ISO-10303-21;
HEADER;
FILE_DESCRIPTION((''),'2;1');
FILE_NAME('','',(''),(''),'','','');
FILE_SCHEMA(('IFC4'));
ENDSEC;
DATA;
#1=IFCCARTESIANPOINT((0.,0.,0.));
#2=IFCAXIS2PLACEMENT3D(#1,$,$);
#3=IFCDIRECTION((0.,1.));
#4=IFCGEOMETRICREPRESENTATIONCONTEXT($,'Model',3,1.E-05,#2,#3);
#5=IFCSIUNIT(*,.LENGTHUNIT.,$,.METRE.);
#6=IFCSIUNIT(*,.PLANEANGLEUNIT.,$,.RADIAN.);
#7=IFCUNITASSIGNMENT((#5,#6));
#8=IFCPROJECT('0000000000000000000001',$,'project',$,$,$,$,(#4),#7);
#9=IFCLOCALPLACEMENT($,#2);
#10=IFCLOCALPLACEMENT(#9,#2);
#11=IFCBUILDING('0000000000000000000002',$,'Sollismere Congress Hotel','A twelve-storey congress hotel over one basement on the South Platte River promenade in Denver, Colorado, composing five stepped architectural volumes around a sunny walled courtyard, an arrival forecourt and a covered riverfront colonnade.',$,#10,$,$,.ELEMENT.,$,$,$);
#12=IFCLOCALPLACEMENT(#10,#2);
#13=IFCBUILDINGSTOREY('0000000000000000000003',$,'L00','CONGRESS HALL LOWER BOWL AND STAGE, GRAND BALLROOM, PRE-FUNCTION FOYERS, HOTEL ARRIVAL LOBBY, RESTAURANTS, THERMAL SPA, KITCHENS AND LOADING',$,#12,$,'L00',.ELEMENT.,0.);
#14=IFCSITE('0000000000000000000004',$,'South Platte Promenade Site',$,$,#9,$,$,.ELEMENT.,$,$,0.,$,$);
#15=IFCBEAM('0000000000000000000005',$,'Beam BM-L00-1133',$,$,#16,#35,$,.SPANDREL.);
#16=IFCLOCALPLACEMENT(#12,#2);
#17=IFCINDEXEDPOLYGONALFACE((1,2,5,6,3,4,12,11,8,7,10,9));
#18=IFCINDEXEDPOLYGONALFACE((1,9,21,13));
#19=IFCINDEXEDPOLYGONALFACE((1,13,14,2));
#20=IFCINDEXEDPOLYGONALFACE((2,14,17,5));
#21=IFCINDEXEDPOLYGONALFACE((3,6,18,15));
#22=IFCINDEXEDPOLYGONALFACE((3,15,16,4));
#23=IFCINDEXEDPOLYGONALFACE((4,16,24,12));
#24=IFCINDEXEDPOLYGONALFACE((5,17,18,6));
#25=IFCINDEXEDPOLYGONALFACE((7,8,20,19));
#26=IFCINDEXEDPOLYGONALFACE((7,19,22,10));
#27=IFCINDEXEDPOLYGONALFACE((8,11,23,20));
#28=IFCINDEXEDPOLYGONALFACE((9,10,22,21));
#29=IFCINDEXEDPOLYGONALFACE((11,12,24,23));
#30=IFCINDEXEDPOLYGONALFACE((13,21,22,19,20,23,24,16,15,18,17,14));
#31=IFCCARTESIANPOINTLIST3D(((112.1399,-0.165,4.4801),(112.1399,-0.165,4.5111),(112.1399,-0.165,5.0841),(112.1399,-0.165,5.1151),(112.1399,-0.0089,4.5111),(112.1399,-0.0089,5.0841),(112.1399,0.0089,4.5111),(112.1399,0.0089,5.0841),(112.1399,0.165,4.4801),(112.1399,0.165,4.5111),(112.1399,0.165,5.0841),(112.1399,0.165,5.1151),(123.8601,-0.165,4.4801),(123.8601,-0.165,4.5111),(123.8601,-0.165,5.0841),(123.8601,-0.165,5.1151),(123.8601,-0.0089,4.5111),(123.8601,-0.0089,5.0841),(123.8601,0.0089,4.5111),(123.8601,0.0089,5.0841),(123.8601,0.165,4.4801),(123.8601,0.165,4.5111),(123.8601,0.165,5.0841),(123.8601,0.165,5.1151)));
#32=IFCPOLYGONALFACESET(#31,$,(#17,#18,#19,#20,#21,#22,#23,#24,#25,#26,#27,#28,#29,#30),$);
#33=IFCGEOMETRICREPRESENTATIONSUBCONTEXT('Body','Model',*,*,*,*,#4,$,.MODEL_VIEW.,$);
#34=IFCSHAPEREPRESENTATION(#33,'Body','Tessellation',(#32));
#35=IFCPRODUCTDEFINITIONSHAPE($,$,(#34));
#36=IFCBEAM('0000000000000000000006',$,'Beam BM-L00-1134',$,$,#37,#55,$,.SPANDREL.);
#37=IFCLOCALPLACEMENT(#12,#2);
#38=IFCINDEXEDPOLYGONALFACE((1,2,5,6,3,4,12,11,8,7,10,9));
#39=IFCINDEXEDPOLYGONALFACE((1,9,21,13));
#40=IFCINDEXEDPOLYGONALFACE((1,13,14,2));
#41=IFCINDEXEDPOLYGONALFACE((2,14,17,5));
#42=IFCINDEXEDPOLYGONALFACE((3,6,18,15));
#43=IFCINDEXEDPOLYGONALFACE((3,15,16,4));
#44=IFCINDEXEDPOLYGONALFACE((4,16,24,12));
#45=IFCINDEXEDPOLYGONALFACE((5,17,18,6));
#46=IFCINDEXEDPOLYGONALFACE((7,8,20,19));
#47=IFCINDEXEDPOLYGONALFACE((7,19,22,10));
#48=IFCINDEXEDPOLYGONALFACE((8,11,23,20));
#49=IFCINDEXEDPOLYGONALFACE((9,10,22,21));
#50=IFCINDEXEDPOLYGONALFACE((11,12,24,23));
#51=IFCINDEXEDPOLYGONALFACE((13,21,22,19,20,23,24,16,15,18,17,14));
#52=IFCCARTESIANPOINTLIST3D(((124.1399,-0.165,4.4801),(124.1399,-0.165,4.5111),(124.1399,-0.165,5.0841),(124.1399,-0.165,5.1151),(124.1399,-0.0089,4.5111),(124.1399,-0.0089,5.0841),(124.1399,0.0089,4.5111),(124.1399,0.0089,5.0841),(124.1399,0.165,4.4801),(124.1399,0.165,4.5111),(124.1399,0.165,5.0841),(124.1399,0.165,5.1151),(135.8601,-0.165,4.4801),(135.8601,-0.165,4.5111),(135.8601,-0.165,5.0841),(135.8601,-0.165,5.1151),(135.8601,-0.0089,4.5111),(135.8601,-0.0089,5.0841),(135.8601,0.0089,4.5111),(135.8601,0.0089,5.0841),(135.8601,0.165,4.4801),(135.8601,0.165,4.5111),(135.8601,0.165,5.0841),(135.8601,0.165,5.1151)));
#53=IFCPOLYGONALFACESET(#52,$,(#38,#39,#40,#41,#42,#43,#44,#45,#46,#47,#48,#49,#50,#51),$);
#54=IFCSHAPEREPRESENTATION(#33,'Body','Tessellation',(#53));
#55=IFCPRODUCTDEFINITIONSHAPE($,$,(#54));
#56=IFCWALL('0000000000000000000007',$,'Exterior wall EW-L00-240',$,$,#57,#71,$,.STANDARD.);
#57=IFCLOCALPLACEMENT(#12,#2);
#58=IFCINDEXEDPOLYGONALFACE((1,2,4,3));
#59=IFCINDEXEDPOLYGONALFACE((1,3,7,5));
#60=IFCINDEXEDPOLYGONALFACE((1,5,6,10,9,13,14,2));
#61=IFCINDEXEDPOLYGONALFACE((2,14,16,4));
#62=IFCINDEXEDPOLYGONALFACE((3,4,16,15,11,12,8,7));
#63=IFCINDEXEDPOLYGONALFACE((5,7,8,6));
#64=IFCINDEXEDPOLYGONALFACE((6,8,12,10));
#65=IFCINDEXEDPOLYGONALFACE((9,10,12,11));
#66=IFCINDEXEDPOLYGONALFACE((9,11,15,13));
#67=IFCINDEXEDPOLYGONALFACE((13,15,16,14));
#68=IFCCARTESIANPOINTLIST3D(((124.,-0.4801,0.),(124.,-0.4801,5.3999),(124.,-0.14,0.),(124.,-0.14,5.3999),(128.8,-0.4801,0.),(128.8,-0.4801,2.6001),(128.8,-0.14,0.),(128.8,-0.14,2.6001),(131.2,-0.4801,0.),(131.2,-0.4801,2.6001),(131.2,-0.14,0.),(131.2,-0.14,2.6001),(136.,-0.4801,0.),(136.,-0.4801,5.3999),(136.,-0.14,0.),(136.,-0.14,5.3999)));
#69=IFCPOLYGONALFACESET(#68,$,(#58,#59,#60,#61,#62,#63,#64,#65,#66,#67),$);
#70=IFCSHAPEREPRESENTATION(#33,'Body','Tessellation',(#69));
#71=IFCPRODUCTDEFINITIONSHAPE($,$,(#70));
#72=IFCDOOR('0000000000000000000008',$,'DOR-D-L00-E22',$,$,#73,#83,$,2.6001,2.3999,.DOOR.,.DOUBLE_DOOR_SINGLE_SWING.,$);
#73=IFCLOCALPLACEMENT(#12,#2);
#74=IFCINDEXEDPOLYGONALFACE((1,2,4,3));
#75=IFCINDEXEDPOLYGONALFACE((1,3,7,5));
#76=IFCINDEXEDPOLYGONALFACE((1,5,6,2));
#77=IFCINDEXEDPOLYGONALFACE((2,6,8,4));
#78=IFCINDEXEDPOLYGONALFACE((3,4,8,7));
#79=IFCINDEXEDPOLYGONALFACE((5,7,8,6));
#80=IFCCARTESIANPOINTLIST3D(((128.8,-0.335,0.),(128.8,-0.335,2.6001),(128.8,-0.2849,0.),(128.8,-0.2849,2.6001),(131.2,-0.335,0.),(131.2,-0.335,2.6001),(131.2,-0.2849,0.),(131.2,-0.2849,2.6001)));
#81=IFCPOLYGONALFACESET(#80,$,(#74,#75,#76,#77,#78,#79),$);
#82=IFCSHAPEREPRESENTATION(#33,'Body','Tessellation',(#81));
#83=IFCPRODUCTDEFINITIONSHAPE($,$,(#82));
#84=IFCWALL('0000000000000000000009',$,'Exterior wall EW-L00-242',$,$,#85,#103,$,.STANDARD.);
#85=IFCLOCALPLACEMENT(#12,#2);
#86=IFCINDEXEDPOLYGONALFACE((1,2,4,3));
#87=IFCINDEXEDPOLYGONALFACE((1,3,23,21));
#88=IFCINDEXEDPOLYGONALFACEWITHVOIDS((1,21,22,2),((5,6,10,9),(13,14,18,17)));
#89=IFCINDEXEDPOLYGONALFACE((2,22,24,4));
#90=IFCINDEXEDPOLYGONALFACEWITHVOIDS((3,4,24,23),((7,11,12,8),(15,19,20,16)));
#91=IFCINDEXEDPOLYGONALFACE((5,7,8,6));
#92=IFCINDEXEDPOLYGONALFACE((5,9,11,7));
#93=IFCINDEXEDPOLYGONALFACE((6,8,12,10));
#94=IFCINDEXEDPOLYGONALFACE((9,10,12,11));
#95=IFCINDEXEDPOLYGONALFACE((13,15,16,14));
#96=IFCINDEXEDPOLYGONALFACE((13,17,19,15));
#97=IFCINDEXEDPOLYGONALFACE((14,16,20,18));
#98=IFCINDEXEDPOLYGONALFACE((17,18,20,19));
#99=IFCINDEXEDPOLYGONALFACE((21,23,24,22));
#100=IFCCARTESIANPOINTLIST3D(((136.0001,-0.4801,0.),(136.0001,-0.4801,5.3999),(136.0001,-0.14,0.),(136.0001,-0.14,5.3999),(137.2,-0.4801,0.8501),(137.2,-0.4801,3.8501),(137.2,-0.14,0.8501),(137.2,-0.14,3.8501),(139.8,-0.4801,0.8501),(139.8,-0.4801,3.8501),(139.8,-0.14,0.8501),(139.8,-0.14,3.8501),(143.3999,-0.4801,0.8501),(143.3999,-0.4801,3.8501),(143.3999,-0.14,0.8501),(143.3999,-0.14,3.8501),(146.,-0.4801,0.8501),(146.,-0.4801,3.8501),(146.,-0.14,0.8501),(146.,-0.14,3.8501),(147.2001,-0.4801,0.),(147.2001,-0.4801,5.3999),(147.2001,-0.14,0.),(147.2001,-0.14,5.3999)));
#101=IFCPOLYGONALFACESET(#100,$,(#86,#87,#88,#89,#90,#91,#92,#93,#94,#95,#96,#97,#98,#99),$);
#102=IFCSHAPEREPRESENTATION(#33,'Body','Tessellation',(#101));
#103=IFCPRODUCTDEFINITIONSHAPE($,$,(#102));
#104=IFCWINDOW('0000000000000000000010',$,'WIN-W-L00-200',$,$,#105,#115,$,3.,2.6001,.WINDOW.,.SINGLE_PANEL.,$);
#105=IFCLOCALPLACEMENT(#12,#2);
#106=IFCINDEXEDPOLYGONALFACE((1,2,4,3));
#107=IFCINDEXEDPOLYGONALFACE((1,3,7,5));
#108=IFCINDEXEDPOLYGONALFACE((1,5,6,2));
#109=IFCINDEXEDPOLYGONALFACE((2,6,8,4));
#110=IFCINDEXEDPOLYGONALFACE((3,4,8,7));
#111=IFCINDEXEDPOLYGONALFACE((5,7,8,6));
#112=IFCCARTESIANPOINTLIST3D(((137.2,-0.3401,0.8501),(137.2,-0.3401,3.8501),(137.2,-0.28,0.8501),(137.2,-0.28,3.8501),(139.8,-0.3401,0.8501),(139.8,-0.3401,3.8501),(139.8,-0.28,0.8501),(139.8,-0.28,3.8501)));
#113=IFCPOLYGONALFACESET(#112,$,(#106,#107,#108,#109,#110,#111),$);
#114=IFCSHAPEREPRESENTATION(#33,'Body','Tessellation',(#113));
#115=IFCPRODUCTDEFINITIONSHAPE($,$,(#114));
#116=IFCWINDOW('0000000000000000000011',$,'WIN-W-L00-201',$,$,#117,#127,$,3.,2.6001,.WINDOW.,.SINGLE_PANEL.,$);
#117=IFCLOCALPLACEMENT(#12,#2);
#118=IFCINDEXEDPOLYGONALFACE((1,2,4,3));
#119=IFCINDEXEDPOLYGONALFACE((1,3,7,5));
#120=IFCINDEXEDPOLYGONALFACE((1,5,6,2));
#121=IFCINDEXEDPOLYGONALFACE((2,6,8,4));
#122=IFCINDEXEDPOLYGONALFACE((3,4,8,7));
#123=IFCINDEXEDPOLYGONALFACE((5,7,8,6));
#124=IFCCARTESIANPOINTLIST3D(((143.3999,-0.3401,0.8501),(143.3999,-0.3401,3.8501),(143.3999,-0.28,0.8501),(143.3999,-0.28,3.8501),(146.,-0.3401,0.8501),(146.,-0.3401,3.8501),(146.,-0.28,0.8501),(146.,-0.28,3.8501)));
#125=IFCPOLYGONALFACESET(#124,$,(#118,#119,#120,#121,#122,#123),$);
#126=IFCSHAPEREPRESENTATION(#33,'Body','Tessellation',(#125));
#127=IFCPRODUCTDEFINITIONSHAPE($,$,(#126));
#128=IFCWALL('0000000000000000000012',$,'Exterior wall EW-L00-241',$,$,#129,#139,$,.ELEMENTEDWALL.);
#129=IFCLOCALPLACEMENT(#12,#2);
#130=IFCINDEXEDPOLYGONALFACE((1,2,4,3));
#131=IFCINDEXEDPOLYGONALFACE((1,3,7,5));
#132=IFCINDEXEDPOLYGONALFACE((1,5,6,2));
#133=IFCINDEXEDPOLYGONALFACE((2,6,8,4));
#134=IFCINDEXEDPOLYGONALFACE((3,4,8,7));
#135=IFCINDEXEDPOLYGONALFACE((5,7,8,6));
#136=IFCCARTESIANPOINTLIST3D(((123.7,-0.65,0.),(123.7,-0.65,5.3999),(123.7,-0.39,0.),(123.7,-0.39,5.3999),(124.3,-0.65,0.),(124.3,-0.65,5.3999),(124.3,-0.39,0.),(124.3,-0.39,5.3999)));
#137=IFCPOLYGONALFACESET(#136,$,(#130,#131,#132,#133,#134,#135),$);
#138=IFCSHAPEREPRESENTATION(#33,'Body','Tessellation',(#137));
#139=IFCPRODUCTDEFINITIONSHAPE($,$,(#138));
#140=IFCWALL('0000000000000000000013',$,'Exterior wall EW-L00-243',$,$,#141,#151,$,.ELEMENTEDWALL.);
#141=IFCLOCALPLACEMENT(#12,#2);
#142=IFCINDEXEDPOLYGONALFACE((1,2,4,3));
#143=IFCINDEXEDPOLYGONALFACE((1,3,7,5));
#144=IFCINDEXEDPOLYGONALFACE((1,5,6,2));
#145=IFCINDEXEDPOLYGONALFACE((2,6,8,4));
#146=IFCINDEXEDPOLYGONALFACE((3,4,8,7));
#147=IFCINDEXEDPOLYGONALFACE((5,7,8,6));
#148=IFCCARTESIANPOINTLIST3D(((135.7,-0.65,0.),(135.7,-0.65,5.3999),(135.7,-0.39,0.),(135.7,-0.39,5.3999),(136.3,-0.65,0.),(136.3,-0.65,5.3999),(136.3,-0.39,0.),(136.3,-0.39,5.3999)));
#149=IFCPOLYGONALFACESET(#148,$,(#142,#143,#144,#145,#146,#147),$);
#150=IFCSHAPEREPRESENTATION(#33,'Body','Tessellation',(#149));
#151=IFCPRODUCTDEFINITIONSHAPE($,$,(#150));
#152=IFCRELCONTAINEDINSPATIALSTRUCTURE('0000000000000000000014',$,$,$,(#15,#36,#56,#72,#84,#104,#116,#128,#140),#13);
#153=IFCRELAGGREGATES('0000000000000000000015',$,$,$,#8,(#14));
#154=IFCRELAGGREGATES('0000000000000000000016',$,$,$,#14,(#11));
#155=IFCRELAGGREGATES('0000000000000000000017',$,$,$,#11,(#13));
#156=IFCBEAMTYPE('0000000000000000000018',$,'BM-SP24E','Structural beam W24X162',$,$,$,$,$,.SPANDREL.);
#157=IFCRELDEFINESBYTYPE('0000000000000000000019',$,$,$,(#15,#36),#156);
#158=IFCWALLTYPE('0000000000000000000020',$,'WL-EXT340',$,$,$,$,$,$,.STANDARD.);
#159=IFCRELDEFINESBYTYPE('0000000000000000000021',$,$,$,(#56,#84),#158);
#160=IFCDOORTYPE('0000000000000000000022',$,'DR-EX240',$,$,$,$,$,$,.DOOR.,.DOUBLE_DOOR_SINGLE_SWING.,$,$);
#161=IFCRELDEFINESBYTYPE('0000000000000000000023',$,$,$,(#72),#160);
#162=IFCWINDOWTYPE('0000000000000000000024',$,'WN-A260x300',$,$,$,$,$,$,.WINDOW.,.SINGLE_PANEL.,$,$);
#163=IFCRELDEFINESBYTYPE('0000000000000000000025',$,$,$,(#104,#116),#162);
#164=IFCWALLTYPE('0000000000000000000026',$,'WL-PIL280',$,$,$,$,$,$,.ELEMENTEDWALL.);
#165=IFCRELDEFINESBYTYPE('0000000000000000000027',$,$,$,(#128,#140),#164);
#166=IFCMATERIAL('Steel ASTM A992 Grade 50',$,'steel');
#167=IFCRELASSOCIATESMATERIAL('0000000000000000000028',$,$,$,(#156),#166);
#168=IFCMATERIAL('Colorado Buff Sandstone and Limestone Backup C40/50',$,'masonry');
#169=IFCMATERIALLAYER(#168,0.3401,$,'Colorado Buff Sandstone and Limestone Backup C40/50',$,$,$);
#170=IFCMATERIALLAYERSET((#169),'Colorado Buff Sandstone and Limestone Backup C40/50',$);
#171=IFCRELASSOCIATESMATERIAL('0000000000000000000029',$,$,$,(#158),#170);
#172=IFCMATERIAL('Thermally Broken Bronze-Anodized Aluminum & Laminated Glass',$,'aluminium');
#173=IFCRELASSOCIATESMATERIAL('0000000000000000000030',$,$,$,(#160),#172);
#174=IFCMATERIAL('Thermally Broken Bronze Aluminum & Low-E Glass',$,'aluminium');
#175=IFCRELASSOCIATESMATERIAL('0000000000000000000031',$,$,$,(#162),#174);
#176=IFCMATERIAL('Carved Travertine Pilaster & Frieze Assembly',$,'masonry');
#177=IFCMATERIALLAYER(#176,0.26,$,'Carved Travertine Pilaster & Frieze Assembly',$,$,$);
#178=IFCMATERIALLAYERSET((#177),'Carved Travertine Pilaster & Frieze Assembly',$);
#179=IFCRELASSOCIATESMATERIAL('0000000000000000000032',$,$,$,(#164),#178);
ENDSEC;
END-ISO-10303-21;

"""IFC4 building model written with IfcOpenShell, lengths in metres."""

from ifc_helpers import new_model, si_unit, direction, frame, frame_2d, origin, origin_2d, place, context, subcontext, project, spatial, rectangle, i_section, extrude, material, layer, layer_set, material_profile, profile_set, type_object, element, fill, save


model = new_model("IFC4")

# Units and contexts
model_context = context("Model", 3, precision=1e-05, world=origin(), true_north=direction((0.0, 1.0)))
body_context = subcontext(model_context, "Body", "Model", "MODEL_VIEW")
ifc_project = project(units=[si_unit("LENGTHUNIT", "METRE"), si_unit("PLANEANGLEUNIT", "RADIAN")], contexts=[model_context])

# Site, building, storey
site_placement = place(None, origin())
site = spatial("IfcSite", under=ifc_project, at=site_placement, Name="South Platte Promenade Site", CompositionType="ELEMENT", RefElevation=0.0)
building_placement = place(site_placement, origin())
building = spatial("IfcBuilding", under=site, at=building_placement, Name="Sollismere Congress Hotel", Description="A twelve-storey congress hotel over one basement on the South Platte River promenade in Denver, Colorado, composing five stepped architectural volumes around a sunny walled courtyard, an arrival forecourt and a covered riverfront colonnade.", CompositionType="ELEMENT")
storey_placement = place(building_placement, origin())
storey = spatial("IfcBuildingStorey", under=building, at=storey_placement, Name="L00", Description="CONGRESS HALL LOWER BOWL AND STAGE, GRAND BALLROOM, PRE-FUNCTION FOYERS, HOTEL ARRIVAL LOBBY, RESTAURANTS, THERMAL SPA, KITCHENS AND LOADING", LongName="L00", CompositionType="ELEMENT", Elevation=0.0)

# Shared definitions
ifc_material_1 = material(Name="Steel ASTM A992 Grade 50", Category="steel")

# Beams
ifc_material_profile_1 = material_profile(ifc_material_1, i_section(OverallWidth=0.3301, OverallDepth=0.635, WebThickness=0.0178, FlangeThickness=0.031, at=origin_2d()), Name="W24X162")
ifc_profile_set_1 = profile_set([ifc_material_profile_1], Name="Steel ASTM A992 Grade 50")
beam_type_1 = type_object("IfcBeamType", Name="BM-SP24E", Description="Structural beam W24X162", PredefinedType="SPANDREL", material=ifc_profile_set_1)
for number, where, z_axis, x_axis, name in (
    (1, (112.1399, 0.0, 4.7976), (1.0, 0.0, 0.0), (0.0, 1.0, 0.0), "Beam BM-L00-1133"),
    (2, (124.1399, 0.0, 4.7976), (1.0, 0.0, 0.0), (0.0, 1.0, 0.0), "Beam BM-L00-1134"),
):
    element("IfcBeam", number, at=place(storey_placement, frame(where, z_axis=z_axis, x_axis=x_axis)), inside=storey, type_object=beam_type_1, Name=name, PredefinedType="SPANDREL", context=body_context, shape_type="SweptSolid", body=[
        extrude(i_section(OverallWidth=0.3301, OverallDepth=0.635, WebThickness=0.0178, FlangeThickness=0.031, at=origin_2d()), origin(), (0.0, 0.0, 1.0), 11.7202),
    ])

# Wall, opening, door
ifc_material_2 = material(Name="Colorado Buff Sandstone and Limestone Backup C40/50", Category="masonry")
ifc_layer_1 = layer(ifc_material_2, 0.3401, Name="Colorado Buff Sandstone and Limestone Backup C40/50")
ifc_layer_set_1 = layer_set([ifc_layer_1], Name="Colorado Buff Sandstone and Limestone Backup C40/50")
wall_type_1 = type_object("IfcWallType", Name="WL-EXT340", PredefinedType="STANDARD", material=ifc_layer_set_1)
wall_1_placement = place(storey_placement, frame((124.0, -0.3101, 0.0), z_axis=(0.0, 0.0, 1.0), x_axis=(1.0, 0.0, 0.0)))
wall_1 = element("IfcWall", 3, at=wall_1_placement, inside=storey, type_object=wall_type_1, Name="Exterior wall EW-L00-240", PredefinedType="STANDARD", context=body_context, shape_type="SweptSolid", body=[
    extrude(rectangle(XDim=12.0, YDim=0.3401, at=frame_2d((6.0, 0.0))), origin(), (0.0, 0.0, 1.0), 5.3999),
])
opening_1_placement = place(wall_1_placement, frame((4.8, 0.0, 0.0)))
opening_1 = element("IfcOpeningElement", 4, at=opening_1_placement, cuts=wall_1, PredefinedType="OPENING", context=body_context, shape_type="SweptSolid", body=[
    extrude(rectangle(XDim=2.3999, YDim=2.6001, at=frame_2d((1.2, 1.3))), frame((0.0, 0.1799, 0.0), z_axis=(0.0, -1.0, 0.0), x_axis=(1.0, 0.0, 0.0)), (0.0, 0.0, 1.0), 0.3601),
])
ifc_material_3 = material(Name="Thermally Broken Bronze-Anodized Aluminum & Laminated Glass", Category="aluminium")
door_type = type_object("IfcDoorType", Name="DR-EX240", OperationType="DOUBLE_DOOR_SINGLE_SWING", PredefinedType="DOOR", material=ifc_material_3)
door_placement = place(opening_1_placement, frame((2.3999, 0.0, 0.0), z_axis=(0.0, 0.0, 1.0), x_axis=(-1.0, 0.0, 0.0)))
door = element("IfcDoor", 5, at=door_placement, inside=storey, type_object=door_type, Name="DOR-D-L00-E22", OperationType="DOUBLE_DOOR_SINGLE_SWING", OverallHeight=2.6001, OverallWidth=2.3999, PredefinedType="DOOR", context=body_context, shape_type="SweptSolid", body=[
    extrude(rectangle(XDim=2.3999, YDim=2.6001, at=frame_2d((1.2, 1.3))), frame((0.0, 0.0249, 0.0), z_axis=(0.0, -1.0, 0.0), x_axis=(1.0, 0.0, 0.0)), (0.0, 0.0, 1.0), 0.05),
])
fill(opening_1, door)

# Wall, openings, windows
wall_2_placement = place(storey_placement, frame((136.0, -0.3101, 0.0), z_axis=(0.0, 0.0, 1.0), x_axis=(1.0, 0.0, 0.0)))
wall_2 = element("IfcWall", 6, at=wall_2_placement, inside=storey, type_object=wall_type_1, Name="Exterior wall EW-L00-242", PredefinedType="STANDARD", context=body_context, shape_type="SweptSolid", body=[
    extrude(rectangle(XDim=11.2, YDim=0.3401, at=frame_2d((5.6001, 0.0))), origin(), (0.0, 0.0, 1.0), 5.3999),
])
opening_2_placement = place(wall_2_placement, frame((1.2, 0.0, 0.8501)))
opening_2 = element("IfcOpeningElement", 7, at=opening_2_placement, cuts=wall_2, PredefinedType="OPENING", context=body_context, shape_type="SweptSolid", body=[
    extrude(rectangle(XDim=2.6001, YDim=3.0, at=frame_2d((1.3, 1.5))), frame((0.0, 0.1799, 0.0), z_axis=(0.0, -1.0, 0.0), x_axis=(1.0, 0.0, 0.0)), (0.0, 0.0, 1.0), 0.3601),
])
opening_3_placement = place(wall_2_placement, frame((7.3999, 0.0, 0.8501)))
opening_3 = element("IfcOpeningElement", 8, at=opening_3_placement, cuts=wall_2, PredefinedType="OPENING", context=body_context, shape_type="SweptSolid", body=[
    extrude(rectangle(XDim=2.6001, YDim=3.0, at=frame_2d((1.3, 1.5))), frame((0.0, 0.1799, 0.0), z_axis=(0.0, -1.0, 0.0), x_axis=(1.0, 0.0, 0.0)), (0.0, 0.0, 1.0), 0.3601),
])
ifc_material_4 = material(Name="Thermally Broken Bronze Aluminum & Low-E Glass", Category="aluminium")
window_type = type_object("IfcWindowType", Name="WN-A260x300", PartitioningType="SINGLE_PANEL", PredefinedType="WINDOW", material=ifc_material_4)
window_1_placement = place(opening_2_placement, origin())
window_1 = element("IfcWindow", 9, at=window_1_placement, inside=storey, type_object=window_type, Name="WIN-W-L00-200", OverallHeight=3.0, OverallWidth=2.6001, PartitioningType="SINGLE_PANEL", PredefinedType="WINDOW", context=body_context, shape_type="SweptSolid", body=[
    extrude(rectangle(XDim=2.6001, YDim=3.0, at=frame_2d((1.3, 1.5))), frame((0.0, 0.03, 0.0), z_axis=(0.0, -1.0, 0.0), x_axis=(1.0, 0.0, 0.0)), (0.0, 0.0, 1.0), 0.0601),
])
fill(opening_2, window_1)
window_2_placement = place(opening_3_placement, origin())
window_2 = element("IfcWindow", 10, at=window_2_placement, inside=storey, type_object=window_type, Name="WIN-W-L00-201", OverallHeight=3.0, OverallWidth=2.6001, PartitioningType="SINGLE_PANEL", PredefinedType="WINDOW", context=body_context, shape_type="SweptSolid", body=[
    extrude(rectangle(XDim=2.6001, YDim=3.0, at=frame_2d((1.3, 1.5))), frame((0.0, 0.03, 0.0), z_axis=(0.0, -1.0, 0.0), x_axis=(1.0, 0.0, 0.0)), (0.0, 0.0, 1.0), 0.0601),
])
fill(opening_3, window_2)

# Walls
ifc_material_5 = material(Name="Carved Travertine Pilaster & Frieze Assembly", Category="masonry")
ifc_layer_2 = layer(ifc_material_5, 0.26, Name="Carved Travertine Pilaster & Frieze Assembly")
ifc_layer_set_2 = layer_set([ifc_layer_2], Name="Carved Travertine Pilaster & Frieze Assembly")
wall_type_2 = type_object("IfcWallType", Name="WL-PIL280", PredefinedType="ELEMENTEDWALL", material=ifc_layer_set_2)
for number, where, z_axis, x_axis, name in (
    (11, (123.7, -0.52, 0.0), (0.0, 0.0, 1.0), (1.0, 0.0, 0.0), "Exterior wall EW-L00-241"),
    (12, (135.7, -0.52, 0.0), (0.0, 0.0, 1.0), (1.0, 0.0, 0.0), "Exterior wall EW-L00-243"),
):
    element("IfcWall", number, at=place(storey_placement, frame(where, z_axis=z_axis, x_axis=x_axis)), inside=storey, type_object=wall_type_2, Name=name, PredefinedType="ELEMENTEDWALL", context=body_context, shape_type="SweptSolid", body=[
        extrude(rectangle(XDim=0.6001, YDim=0.26, at=frame_2d((0.3, 0.0))), origin(), (0.0, 0.0, 1.0), 5.3999),
    ])

save(model, "model.ifc")
